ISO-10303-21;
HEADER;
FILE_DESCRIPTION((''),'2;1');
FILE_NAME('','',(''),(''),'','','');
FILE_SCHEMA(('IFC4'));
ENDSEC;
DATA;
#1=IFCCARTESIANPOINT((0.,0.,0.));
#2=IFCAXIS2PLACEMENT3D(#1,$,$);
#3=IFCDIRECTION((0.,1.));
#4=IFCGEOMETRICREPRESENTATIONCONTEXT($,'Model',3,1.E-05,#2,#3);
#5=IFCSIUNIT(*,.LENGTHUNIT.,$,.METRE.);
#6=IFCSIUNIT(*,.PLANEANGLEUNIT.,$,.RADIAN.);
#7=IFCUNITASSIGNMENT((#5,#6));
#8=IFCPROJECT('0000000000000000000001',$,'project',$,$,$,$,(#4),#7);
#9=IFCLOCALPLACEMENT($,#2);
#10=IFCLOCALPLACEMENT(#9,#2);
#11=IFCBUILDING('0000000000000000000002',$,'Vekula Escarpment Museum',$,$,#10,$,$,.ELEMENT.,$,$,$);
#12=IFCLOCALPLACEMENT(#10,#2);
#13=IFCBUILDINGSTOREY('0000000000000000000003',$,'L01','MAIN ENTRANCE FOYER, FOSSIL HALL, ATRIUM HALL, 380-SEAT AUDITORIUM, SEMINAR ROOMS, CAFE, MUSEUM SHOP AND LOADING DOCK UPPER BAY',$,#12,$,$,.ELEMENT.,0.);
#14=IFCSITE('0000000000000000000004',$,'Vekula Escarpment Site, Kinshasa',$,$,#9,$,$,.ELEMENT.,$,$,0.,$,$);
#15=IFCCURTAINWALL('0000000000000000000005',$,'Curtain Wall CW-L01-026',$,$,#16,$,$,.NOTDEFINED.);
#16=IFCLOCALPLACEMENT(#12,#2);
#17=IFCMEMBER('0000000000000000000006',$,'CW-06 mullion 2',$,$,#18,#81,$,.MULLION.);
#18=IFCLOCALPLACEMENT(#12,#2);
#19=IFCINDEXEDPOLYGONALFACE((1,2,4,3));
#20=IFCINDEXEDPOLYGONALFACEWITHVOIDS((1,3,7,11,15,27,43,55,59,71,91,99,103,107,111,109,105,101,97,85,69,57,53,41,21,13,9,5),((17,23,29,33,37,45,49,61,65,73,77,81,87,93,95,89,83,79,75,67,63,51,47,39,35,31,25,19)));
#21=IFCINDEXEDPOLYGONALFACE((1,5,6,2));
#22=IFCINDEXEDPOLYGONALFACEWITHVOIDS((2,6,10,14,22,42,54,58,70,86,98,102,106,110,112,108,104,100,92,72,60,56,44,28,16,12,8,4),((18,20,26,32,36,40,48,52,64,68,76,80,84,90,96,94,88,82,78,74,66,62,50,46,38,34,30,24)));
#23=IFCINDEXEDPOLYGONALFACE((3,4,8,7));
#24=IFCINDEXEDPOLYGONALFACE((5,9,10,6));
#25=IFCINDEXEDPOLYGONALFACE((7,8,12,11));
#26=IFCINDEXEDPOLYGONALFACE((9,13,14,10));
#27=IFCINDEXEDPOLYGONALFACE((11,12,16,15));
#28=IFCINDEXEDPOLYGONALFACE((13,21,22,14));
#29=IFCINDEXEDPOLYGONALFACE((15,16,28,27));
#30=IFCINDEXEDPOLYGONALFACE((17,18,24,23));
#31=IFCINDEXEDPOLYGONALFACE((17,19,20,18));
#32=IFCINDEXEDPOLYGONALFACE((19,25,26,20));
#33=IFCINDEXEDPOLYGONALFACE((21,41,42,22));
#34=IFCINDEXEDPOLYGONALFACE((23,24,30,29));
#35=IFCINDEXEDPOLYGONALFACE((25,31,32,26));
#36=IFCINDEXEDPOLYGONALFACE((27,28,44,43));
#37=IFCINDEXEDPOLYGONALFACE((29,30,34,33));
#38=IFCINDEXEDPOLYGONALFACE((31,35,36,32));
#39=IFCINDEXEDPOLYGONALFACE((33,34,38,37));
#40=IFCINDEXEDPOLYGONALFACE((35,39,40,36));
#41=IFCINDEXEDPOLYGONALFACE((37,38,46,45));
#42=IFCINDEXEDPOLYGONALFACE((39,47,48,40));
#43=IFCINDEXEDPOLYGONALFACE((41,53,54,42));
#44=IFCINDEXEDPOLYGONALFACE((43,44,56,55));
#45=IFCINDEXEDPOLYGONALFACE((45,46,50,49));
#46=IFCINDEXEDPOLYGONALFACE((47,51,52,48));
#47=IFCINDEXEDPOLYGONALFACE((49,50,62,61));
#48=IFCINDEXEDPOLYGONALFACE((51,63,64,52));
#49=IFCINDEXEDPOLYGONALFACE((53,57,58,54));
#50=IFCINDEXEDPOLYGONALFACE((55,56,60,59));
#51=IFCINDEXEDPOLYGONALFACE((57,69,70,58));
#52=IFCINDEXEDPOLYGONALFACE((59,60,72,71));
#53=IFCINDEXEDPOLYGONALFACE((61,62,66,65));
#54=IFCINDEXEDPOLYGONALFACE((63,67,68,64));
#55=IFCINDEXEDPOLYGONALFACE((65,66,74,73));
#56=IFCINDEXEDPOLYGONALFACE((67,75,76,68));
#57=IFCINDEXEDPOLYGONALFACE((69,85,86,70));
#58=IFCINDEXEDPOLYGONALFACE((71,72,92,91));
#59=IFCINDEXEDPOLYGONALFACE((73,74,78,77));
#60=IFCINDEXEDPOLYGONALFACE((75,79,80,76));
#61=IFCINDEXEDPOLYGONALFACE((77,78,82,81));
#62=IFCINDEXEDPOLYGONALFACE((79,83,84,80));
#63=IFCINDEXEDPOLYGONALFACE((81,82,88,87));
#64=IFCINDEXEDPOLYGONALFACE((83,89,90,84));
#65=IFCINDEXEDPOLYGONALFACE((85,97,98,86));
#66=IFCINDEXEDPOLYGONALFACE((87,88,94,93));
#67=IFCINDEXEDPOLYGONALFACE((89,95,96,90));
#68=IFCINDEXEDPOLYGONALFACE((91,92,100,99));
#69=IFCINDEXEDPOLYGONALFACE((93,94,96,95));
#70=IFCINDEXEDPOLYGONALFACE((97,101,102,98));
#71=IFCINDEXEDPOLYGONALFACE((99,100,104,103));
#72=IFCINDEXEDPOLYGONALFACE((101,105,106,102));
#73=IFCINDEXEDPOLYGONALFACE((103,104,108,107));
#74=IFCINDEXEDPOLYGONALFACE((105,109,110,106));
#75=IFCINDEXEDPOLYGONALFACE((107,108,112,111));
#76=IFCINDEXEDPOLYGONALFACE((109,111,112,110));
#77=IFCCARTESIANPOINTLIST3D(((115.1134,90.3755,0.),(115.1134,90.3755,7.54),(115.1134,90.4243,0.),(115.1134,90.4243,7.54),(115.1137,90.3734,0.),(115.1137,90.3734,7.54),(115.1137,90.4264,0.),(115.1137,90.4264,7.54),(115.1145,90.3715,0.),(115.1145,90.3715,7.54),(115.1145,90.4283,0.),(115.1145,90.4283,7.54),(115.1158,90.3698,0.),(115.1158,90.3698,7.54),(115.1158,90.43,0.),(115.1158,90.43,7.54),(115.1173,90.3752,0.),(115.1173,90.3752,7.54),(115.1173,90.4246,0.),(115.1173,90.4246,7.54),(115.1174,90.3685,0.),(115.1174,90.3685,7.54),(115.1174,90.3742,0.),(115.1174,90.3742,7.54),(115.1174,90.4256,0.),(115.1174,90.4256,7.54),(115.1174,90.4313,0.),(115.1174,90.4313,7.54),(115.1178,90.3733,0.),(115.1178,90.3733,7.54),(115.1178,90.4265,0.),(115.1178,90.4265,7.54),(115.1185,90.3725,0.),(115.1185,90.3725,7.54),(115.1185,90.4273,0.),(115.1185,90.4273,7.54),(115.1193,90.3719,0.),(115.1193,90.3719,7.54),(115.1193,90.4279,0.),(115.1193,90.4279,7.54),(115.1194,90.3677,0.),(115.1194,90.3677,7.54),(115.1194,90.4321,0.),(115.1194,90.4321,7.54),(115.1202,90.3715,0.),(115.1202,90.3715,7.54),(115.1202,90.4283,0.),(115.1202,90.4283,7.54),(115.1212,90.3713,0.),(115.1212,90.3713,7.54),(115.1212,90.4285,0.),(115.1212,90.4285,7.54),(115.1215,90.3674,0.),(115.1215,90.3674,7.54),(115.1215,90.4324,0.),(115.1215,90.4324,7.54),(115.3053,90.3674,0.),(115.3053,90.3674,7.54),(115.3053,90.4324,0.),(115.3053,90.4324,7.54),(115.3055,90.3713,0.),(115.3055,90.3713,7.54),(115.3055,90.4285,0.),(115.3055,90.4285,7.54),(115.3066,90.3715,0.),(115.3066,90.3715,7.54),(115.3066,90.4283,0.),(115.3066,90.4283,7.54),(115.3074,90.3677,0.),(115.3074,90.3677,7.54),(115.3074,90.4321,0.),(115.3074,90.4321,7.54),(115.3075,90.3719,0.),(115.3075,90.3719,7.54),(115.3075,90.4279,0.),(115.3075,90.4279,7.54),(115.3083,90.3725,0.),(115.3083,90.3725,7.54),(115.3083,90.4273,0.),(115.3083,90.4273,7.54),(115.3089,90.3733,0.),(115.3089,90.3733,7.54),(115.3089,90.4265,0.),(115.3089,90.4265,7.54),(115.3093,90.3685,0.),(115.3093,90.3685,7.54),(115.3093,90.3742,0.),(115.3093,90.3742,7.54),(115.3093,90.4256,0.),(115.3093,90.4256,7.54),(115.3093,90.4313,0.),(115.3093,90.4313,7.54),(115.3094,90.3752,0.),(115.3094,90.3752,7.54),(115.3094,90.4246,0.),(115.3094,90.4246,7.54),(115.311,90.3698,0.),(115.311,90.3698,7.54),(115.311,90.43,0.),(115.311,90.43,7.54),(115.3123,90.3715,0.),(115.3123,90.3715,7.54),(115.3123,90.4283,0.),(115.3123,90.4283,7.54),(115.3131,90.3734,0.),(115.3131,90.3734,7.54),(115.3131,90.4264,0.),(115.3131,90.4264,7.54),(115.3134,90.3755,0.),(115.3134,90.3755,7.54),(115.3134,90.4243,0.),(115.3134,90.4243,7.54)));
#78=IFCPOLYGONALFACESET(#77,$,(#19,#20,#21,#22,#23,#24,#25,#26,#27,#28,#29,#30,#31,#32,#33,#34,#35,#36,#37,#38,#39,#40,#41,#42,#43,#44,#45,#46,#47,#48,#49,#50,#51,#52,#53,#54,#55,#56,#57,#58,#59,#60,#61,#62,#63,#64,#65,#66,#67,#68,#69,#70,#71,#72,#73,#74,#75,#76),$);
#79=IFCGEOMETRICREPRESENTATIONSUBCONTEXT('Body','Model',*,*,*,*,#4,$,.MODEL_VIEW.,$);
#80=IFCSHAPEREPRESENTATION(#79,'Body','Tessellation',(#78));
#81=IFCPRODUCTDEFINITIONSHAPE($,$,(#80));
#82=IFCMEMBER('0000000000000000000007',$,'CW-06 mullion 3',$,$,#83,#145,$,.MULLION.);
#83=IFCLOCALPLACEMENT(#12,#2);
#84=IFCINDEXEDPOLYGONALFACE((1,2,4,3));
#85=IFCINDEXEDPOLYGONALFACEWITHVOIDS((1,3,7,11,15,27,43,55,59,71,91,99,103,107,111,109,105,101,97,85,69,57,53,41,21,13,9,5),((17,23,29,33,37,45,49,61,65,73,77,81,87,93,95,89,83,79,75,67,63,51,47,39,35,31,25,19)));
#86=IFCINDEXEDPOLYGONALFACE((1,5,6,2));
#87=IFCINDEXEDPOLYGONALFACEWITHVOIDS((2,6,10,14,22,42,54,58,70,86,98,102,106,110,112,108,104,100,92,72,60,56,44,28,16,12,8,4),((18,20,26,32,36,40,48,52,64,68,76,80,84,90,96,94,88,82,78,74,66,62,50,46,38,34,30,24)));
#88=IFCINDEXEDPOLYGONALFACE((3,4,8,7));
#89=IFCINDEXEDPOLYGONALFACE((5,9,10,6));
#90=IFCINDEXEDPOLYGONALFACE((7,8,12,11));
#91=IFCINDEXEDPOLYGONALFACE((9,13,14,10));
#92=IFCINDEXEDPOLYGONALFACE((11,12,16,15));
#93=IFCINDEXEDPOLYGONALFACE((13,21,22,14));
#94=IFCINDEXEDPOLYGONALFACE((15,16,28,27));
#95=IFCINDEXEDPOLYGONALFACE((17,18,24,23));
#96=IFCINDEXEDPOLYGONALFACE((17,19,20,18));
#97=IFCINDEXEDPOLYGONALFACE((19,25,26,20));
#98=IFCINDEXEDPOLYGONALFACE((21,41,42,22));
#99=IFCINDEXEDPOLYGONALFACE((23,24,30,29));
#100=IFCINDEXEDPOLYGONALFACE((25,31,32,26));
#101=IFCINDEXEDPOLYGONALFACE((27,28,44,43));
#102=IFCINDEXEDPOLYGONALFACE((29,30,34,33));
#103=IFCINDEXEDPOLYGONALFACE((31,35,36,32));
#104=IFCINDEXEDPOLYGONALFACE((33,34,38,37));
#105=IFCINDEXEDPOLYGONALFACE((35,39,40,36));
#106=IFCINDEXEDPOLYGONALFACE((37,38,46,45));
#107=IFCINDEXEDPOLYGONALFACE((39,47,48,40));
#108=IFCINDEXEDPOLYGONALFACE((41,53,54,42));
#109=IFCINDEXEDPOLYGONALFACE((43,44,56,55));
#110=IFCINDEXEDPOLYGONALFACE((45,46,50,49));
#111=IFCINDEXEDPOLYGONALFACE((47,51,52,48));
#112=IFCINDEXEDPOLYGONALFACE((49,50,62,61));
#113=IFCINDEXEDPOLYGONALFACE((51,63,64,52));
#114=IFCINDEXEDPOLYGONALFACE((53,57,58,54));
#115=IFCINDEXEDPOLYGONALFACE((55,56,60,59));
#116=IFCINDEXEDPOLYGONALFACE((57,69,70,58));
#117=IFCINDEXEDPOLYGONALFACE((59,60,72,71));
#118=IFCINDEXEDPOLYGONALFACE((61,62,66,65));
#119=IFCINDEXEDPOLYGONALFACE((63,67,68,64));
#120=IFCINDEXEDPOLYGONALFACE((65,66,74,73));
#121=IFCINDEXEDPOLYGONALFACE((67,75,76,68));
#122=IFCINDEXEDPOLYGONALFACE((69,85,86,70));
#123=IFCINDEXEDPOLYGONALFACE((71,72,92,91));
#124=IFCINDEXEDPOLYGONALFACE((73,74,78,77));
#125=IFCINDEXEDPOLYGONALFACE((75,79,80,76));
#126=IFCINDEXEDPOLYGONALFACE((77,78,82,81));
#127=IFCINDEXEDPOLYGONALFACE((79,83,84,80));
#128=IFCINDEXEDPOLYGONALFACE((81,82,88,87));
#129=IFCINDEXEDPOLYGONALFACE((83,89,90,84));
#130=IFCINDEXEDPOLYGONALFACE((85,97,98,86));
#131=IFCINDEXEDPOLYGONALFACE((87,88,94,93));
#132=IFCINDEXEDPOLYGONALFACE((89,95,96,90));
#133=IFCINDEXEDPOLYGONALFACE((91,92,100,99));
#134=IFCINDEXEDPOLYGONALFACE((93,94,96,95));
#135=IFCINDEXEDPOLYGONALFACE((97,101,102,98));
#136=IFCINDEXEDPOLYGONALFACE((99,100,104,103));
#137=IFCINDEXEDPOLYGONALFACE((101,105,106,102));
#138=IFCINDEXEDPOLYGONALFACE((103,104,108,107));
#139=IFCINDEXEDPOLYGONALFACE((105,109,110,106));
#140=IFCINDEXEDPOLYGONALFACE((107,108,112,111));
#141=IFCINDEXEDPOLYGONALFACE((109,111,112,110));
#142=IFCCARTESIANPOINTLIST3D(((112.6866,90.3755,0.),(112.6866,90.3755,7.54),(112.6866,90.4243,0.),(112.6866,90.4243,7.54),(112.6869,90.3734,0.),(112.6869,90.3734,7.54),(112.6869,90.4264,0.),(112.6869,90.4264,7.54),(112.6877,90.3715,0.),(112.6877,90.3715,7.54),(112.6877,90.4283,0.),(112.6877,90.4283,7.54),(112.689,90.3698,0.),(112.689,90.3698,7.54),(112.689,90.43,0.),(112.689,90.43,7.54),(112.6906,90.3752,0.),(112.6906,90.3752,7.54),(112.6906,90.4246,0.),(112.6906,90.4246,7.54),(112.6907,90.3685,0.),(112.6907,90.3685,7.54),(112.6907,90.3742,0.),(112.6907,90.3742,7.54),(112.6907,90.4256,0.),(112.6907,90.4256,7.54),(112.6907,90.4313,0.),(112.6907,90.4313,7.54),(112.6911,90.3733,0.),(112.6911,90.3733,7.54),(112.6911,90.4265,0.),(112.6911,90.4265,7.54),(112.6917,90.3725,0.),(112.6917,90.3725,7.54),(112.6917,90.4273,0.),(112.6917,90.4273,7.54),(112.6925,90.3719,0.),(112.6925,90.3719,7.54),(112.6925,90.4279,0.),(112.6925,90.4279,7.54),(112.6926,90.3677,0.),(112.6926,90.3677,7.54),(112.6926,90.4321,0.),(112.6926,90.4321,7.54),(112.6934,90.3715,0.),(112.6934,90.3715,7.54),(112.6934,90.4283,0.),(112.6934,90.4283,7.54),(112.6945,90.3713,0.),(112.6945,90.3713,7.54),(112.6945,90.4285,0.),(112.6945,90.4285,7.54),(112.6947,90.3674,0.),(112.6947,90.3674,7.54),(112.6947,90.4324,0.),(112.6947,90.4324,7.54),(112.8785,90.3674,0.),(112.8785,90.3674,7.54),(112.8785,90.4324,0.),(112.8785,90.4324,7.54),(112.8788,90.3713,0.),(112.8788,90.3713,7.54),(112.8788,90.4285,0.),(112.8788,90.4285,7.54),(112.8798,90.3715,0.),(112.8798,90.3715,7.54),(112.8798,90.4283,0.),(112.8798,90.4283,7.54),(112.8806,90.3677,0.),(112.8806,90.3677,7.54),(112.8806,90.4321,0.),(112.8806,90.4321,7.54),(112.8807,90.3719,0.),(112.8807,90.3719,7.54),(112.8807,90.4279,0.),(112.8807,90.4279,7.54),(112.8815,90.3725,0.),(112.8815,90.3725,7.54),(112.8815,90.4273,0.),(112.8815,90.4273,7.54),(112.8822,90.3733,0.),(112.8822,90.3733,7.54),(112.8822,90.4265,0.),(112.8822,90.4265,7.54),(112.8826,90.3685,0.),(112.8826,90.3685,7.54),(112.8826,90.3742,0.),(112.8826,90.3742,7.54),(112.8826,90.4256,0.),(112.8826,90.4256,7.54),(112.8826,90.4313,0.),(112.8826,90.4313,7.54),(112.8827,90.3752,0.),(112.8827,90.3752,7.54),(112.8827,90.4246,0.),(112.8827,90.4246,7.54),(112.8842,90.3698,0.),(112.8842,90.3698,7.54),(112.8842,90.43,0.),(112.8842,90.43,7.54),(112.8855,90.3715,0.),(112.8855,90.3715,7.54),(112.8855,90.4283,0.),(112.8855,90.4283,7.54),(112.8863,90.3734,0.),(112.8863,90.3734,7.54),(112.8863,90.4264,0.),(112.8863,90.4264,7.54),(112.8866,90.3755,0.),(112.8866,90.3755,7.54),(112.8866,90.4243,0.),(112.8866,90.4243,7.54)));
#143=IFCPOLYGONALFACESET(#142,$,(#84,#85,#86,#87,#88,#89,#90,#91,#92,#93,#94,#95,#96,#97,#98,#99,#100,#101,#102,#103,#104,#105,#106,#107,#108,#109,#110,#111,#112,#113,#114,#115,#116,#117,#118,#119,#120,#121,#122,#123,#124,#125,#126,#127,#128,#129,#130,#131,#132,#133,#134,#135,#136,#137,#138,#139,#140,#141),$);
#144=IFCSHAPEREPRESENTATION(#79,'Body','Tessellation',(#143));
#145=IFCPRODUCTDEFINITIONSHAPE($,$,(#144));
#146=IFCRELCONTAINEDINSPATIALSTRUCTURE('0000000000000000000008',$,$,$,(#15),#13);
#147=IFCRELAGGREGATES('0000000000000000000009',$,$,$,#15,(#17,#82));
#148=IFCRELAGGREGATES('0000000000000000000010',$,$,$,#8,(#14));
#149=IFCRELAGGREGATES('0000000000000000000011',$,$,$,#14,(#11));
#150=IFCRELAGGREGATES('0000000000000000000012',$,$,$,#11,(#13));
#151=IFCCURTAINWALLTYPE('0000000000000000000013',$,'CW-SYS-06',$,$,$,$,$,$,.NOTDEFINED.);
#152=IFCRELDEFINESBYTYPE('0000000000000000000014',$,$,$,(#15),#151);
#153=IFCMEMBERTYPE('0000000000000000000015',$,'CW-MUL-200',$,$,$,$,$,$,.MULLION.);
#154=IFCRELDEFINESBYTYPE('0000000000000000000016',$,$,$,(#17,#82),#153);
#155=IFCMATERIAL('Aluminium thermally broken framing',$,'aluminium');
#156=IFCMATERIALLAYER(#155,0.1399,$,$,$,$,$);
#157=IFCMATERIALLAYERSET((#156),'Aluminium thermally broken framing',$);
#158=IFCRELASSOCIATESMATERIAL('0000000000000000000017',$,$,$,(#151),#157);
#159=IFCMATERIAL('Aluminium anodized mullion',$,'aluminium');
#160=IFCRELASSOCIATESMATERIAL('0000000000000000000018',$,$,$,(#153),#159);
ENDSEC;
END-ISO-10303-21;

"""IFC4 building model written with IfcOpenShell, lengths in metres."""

from ifc_helpers import new_model, si_unit, direction, frame, origin, origin_2d, place, context, subcontext, project, spatial, hollow_rectangle, extrude, material, layer, layer_set, material_profile, profile_set, type_object, element, aggregate, save


model = new_model("IFC4")

# Units and contexts
model_context = context("Model", 3, precision=1e-05, world=origin(), true_north=direction((0.0, 1.0)))
body_context = subcontext(model_context, "Body", "Model", "MODEL_VIEW")
ifc_project = project(units=[si_unit("LENGTHUNIT", "METRE"), si_unit("PLANEANGLEUNIT", "RADIAN")], contexts=[model_context])

# Site, building, storey
site_placement = place(None, origin())
site = spatial("IfcSite", under=ifc_project, at=site_placement, Name="Vekula Escarpment Site, Kinshasa", CompositionType="ELEMENT", RefElevation=0.0)
building_placement = place(site_placement, origin())
building = spatial("IfcBuilding", under=site, at=building_placement, Name="Vekula Escarpment Museum", CompositionType="ELEMENT")
storey_placement = place(building_placement, origin())
storey = spatial("IfcBuildingStorey", under=building, at=storey_placement, Name="L01", Description="MAIN ENTRANCE FOYER, FOSSIL HALL, ATRIUM HALL, 380-SEAT AUDITORIUM, SEMINAR ROOMS, CAFE, MUSEUM SHOP AND LOADING DOCK UPPER BAY", CompositionType="ELEMENT", Elevation=0.0)

# Curtain wall, members
ifc_material_1 = material(Name="Aluminium thermally broken framing", Category="aluminium")
ifc_layer_1 = layer(ifc_material_1, 0.1399)
ifc_layer_set_1 = layer_set([ifc_layer_1], Name="Aluminium thermally broken framing")
curtain_wall_type = type_object("IfcCurtainWallType", Name="CW-SYS-06", PredefinedType="NOTDEFINED", material=ifc_layer_set_1)
curtain_wall_placement = place(storey_placement, origin())
curtain_wall = element("IfcCurtainWall", 1, at=curtain_wall_placement, inside=storey, type_object=curtain_wall_type, Name="Curtain Wall CW-L01-026", PredefinedType="NOTDEFINED")
ifc_material_2 = material(Name="Aluminium anodized mullion", Category="aluminium")
ifc_material_profile_1 = material_profile(ifc_material_2, hollow_rectangle(XDim=0.0649, YDim=0.2, WallThickness=0.0039, InnerFilletRadius=0.0039, OuterFilletRadius=0.0081, at=origin_2d()), Name="ALU 200x65x4")
ifc_profile_set_1 = profile_set([ifc_material_profile_1], Name="Aluminium anodized mullion")
member_type_1 = type_object("IfcMemberType", Name="CW-MUL-200", PredefinedType="MULLION", material=ifc_profile_set_1)
member_1_placement = place(storey_placement, frame((115.2134, 90.3999, 0.0), z_axis=(0.0, 0.0, 1.0), x_axis=(0.0, -1.0, 0.0)))
member_1 = element("IfcMember", 2, at=member_1_placement, type_object=member_type_1, Name="CW-06 mullion 2", PredefinedType="MULLION", context=body_context, shape_type="SweptSolid", body=[
    extrude(hollow_rectangle(XDim=0.0649, YDim=0.2, WallThickness=0.0039, InnerFilletRadius=0.0039, OuterFilletRadius=0.0081, at=origin_2d()), origin(), (0.0, 0.0, 1.0), 7.54),
])
member_2_placement = place(storey_placement, frame((112.7866, 90.3999, 0.0), z_axis=(0.0, 0.0, 1.0), x_axis=(0.0, -1.0, 0.0)))
member_2 = element("IfcMember", 3, at=member_2_placement, type_object=member_type_1, Name="CW-06 mullion 3", PredefinedType="MULLION", context=body_context, shape_type="SweptSolid", body=[
    extrude(hollow_rectangle(XDim=0.0649, YDim=0.2, WallThickness=0.0039, InnerFilletRadius=0.0039, OuterFilletRadius=0.0081, at=origin_2d()), origin(), (0.0, 0.0, 1.0), 7.54),
])
aggregate(curtain_wall, [member_1, member_2])

save(model, "model.ifc")
